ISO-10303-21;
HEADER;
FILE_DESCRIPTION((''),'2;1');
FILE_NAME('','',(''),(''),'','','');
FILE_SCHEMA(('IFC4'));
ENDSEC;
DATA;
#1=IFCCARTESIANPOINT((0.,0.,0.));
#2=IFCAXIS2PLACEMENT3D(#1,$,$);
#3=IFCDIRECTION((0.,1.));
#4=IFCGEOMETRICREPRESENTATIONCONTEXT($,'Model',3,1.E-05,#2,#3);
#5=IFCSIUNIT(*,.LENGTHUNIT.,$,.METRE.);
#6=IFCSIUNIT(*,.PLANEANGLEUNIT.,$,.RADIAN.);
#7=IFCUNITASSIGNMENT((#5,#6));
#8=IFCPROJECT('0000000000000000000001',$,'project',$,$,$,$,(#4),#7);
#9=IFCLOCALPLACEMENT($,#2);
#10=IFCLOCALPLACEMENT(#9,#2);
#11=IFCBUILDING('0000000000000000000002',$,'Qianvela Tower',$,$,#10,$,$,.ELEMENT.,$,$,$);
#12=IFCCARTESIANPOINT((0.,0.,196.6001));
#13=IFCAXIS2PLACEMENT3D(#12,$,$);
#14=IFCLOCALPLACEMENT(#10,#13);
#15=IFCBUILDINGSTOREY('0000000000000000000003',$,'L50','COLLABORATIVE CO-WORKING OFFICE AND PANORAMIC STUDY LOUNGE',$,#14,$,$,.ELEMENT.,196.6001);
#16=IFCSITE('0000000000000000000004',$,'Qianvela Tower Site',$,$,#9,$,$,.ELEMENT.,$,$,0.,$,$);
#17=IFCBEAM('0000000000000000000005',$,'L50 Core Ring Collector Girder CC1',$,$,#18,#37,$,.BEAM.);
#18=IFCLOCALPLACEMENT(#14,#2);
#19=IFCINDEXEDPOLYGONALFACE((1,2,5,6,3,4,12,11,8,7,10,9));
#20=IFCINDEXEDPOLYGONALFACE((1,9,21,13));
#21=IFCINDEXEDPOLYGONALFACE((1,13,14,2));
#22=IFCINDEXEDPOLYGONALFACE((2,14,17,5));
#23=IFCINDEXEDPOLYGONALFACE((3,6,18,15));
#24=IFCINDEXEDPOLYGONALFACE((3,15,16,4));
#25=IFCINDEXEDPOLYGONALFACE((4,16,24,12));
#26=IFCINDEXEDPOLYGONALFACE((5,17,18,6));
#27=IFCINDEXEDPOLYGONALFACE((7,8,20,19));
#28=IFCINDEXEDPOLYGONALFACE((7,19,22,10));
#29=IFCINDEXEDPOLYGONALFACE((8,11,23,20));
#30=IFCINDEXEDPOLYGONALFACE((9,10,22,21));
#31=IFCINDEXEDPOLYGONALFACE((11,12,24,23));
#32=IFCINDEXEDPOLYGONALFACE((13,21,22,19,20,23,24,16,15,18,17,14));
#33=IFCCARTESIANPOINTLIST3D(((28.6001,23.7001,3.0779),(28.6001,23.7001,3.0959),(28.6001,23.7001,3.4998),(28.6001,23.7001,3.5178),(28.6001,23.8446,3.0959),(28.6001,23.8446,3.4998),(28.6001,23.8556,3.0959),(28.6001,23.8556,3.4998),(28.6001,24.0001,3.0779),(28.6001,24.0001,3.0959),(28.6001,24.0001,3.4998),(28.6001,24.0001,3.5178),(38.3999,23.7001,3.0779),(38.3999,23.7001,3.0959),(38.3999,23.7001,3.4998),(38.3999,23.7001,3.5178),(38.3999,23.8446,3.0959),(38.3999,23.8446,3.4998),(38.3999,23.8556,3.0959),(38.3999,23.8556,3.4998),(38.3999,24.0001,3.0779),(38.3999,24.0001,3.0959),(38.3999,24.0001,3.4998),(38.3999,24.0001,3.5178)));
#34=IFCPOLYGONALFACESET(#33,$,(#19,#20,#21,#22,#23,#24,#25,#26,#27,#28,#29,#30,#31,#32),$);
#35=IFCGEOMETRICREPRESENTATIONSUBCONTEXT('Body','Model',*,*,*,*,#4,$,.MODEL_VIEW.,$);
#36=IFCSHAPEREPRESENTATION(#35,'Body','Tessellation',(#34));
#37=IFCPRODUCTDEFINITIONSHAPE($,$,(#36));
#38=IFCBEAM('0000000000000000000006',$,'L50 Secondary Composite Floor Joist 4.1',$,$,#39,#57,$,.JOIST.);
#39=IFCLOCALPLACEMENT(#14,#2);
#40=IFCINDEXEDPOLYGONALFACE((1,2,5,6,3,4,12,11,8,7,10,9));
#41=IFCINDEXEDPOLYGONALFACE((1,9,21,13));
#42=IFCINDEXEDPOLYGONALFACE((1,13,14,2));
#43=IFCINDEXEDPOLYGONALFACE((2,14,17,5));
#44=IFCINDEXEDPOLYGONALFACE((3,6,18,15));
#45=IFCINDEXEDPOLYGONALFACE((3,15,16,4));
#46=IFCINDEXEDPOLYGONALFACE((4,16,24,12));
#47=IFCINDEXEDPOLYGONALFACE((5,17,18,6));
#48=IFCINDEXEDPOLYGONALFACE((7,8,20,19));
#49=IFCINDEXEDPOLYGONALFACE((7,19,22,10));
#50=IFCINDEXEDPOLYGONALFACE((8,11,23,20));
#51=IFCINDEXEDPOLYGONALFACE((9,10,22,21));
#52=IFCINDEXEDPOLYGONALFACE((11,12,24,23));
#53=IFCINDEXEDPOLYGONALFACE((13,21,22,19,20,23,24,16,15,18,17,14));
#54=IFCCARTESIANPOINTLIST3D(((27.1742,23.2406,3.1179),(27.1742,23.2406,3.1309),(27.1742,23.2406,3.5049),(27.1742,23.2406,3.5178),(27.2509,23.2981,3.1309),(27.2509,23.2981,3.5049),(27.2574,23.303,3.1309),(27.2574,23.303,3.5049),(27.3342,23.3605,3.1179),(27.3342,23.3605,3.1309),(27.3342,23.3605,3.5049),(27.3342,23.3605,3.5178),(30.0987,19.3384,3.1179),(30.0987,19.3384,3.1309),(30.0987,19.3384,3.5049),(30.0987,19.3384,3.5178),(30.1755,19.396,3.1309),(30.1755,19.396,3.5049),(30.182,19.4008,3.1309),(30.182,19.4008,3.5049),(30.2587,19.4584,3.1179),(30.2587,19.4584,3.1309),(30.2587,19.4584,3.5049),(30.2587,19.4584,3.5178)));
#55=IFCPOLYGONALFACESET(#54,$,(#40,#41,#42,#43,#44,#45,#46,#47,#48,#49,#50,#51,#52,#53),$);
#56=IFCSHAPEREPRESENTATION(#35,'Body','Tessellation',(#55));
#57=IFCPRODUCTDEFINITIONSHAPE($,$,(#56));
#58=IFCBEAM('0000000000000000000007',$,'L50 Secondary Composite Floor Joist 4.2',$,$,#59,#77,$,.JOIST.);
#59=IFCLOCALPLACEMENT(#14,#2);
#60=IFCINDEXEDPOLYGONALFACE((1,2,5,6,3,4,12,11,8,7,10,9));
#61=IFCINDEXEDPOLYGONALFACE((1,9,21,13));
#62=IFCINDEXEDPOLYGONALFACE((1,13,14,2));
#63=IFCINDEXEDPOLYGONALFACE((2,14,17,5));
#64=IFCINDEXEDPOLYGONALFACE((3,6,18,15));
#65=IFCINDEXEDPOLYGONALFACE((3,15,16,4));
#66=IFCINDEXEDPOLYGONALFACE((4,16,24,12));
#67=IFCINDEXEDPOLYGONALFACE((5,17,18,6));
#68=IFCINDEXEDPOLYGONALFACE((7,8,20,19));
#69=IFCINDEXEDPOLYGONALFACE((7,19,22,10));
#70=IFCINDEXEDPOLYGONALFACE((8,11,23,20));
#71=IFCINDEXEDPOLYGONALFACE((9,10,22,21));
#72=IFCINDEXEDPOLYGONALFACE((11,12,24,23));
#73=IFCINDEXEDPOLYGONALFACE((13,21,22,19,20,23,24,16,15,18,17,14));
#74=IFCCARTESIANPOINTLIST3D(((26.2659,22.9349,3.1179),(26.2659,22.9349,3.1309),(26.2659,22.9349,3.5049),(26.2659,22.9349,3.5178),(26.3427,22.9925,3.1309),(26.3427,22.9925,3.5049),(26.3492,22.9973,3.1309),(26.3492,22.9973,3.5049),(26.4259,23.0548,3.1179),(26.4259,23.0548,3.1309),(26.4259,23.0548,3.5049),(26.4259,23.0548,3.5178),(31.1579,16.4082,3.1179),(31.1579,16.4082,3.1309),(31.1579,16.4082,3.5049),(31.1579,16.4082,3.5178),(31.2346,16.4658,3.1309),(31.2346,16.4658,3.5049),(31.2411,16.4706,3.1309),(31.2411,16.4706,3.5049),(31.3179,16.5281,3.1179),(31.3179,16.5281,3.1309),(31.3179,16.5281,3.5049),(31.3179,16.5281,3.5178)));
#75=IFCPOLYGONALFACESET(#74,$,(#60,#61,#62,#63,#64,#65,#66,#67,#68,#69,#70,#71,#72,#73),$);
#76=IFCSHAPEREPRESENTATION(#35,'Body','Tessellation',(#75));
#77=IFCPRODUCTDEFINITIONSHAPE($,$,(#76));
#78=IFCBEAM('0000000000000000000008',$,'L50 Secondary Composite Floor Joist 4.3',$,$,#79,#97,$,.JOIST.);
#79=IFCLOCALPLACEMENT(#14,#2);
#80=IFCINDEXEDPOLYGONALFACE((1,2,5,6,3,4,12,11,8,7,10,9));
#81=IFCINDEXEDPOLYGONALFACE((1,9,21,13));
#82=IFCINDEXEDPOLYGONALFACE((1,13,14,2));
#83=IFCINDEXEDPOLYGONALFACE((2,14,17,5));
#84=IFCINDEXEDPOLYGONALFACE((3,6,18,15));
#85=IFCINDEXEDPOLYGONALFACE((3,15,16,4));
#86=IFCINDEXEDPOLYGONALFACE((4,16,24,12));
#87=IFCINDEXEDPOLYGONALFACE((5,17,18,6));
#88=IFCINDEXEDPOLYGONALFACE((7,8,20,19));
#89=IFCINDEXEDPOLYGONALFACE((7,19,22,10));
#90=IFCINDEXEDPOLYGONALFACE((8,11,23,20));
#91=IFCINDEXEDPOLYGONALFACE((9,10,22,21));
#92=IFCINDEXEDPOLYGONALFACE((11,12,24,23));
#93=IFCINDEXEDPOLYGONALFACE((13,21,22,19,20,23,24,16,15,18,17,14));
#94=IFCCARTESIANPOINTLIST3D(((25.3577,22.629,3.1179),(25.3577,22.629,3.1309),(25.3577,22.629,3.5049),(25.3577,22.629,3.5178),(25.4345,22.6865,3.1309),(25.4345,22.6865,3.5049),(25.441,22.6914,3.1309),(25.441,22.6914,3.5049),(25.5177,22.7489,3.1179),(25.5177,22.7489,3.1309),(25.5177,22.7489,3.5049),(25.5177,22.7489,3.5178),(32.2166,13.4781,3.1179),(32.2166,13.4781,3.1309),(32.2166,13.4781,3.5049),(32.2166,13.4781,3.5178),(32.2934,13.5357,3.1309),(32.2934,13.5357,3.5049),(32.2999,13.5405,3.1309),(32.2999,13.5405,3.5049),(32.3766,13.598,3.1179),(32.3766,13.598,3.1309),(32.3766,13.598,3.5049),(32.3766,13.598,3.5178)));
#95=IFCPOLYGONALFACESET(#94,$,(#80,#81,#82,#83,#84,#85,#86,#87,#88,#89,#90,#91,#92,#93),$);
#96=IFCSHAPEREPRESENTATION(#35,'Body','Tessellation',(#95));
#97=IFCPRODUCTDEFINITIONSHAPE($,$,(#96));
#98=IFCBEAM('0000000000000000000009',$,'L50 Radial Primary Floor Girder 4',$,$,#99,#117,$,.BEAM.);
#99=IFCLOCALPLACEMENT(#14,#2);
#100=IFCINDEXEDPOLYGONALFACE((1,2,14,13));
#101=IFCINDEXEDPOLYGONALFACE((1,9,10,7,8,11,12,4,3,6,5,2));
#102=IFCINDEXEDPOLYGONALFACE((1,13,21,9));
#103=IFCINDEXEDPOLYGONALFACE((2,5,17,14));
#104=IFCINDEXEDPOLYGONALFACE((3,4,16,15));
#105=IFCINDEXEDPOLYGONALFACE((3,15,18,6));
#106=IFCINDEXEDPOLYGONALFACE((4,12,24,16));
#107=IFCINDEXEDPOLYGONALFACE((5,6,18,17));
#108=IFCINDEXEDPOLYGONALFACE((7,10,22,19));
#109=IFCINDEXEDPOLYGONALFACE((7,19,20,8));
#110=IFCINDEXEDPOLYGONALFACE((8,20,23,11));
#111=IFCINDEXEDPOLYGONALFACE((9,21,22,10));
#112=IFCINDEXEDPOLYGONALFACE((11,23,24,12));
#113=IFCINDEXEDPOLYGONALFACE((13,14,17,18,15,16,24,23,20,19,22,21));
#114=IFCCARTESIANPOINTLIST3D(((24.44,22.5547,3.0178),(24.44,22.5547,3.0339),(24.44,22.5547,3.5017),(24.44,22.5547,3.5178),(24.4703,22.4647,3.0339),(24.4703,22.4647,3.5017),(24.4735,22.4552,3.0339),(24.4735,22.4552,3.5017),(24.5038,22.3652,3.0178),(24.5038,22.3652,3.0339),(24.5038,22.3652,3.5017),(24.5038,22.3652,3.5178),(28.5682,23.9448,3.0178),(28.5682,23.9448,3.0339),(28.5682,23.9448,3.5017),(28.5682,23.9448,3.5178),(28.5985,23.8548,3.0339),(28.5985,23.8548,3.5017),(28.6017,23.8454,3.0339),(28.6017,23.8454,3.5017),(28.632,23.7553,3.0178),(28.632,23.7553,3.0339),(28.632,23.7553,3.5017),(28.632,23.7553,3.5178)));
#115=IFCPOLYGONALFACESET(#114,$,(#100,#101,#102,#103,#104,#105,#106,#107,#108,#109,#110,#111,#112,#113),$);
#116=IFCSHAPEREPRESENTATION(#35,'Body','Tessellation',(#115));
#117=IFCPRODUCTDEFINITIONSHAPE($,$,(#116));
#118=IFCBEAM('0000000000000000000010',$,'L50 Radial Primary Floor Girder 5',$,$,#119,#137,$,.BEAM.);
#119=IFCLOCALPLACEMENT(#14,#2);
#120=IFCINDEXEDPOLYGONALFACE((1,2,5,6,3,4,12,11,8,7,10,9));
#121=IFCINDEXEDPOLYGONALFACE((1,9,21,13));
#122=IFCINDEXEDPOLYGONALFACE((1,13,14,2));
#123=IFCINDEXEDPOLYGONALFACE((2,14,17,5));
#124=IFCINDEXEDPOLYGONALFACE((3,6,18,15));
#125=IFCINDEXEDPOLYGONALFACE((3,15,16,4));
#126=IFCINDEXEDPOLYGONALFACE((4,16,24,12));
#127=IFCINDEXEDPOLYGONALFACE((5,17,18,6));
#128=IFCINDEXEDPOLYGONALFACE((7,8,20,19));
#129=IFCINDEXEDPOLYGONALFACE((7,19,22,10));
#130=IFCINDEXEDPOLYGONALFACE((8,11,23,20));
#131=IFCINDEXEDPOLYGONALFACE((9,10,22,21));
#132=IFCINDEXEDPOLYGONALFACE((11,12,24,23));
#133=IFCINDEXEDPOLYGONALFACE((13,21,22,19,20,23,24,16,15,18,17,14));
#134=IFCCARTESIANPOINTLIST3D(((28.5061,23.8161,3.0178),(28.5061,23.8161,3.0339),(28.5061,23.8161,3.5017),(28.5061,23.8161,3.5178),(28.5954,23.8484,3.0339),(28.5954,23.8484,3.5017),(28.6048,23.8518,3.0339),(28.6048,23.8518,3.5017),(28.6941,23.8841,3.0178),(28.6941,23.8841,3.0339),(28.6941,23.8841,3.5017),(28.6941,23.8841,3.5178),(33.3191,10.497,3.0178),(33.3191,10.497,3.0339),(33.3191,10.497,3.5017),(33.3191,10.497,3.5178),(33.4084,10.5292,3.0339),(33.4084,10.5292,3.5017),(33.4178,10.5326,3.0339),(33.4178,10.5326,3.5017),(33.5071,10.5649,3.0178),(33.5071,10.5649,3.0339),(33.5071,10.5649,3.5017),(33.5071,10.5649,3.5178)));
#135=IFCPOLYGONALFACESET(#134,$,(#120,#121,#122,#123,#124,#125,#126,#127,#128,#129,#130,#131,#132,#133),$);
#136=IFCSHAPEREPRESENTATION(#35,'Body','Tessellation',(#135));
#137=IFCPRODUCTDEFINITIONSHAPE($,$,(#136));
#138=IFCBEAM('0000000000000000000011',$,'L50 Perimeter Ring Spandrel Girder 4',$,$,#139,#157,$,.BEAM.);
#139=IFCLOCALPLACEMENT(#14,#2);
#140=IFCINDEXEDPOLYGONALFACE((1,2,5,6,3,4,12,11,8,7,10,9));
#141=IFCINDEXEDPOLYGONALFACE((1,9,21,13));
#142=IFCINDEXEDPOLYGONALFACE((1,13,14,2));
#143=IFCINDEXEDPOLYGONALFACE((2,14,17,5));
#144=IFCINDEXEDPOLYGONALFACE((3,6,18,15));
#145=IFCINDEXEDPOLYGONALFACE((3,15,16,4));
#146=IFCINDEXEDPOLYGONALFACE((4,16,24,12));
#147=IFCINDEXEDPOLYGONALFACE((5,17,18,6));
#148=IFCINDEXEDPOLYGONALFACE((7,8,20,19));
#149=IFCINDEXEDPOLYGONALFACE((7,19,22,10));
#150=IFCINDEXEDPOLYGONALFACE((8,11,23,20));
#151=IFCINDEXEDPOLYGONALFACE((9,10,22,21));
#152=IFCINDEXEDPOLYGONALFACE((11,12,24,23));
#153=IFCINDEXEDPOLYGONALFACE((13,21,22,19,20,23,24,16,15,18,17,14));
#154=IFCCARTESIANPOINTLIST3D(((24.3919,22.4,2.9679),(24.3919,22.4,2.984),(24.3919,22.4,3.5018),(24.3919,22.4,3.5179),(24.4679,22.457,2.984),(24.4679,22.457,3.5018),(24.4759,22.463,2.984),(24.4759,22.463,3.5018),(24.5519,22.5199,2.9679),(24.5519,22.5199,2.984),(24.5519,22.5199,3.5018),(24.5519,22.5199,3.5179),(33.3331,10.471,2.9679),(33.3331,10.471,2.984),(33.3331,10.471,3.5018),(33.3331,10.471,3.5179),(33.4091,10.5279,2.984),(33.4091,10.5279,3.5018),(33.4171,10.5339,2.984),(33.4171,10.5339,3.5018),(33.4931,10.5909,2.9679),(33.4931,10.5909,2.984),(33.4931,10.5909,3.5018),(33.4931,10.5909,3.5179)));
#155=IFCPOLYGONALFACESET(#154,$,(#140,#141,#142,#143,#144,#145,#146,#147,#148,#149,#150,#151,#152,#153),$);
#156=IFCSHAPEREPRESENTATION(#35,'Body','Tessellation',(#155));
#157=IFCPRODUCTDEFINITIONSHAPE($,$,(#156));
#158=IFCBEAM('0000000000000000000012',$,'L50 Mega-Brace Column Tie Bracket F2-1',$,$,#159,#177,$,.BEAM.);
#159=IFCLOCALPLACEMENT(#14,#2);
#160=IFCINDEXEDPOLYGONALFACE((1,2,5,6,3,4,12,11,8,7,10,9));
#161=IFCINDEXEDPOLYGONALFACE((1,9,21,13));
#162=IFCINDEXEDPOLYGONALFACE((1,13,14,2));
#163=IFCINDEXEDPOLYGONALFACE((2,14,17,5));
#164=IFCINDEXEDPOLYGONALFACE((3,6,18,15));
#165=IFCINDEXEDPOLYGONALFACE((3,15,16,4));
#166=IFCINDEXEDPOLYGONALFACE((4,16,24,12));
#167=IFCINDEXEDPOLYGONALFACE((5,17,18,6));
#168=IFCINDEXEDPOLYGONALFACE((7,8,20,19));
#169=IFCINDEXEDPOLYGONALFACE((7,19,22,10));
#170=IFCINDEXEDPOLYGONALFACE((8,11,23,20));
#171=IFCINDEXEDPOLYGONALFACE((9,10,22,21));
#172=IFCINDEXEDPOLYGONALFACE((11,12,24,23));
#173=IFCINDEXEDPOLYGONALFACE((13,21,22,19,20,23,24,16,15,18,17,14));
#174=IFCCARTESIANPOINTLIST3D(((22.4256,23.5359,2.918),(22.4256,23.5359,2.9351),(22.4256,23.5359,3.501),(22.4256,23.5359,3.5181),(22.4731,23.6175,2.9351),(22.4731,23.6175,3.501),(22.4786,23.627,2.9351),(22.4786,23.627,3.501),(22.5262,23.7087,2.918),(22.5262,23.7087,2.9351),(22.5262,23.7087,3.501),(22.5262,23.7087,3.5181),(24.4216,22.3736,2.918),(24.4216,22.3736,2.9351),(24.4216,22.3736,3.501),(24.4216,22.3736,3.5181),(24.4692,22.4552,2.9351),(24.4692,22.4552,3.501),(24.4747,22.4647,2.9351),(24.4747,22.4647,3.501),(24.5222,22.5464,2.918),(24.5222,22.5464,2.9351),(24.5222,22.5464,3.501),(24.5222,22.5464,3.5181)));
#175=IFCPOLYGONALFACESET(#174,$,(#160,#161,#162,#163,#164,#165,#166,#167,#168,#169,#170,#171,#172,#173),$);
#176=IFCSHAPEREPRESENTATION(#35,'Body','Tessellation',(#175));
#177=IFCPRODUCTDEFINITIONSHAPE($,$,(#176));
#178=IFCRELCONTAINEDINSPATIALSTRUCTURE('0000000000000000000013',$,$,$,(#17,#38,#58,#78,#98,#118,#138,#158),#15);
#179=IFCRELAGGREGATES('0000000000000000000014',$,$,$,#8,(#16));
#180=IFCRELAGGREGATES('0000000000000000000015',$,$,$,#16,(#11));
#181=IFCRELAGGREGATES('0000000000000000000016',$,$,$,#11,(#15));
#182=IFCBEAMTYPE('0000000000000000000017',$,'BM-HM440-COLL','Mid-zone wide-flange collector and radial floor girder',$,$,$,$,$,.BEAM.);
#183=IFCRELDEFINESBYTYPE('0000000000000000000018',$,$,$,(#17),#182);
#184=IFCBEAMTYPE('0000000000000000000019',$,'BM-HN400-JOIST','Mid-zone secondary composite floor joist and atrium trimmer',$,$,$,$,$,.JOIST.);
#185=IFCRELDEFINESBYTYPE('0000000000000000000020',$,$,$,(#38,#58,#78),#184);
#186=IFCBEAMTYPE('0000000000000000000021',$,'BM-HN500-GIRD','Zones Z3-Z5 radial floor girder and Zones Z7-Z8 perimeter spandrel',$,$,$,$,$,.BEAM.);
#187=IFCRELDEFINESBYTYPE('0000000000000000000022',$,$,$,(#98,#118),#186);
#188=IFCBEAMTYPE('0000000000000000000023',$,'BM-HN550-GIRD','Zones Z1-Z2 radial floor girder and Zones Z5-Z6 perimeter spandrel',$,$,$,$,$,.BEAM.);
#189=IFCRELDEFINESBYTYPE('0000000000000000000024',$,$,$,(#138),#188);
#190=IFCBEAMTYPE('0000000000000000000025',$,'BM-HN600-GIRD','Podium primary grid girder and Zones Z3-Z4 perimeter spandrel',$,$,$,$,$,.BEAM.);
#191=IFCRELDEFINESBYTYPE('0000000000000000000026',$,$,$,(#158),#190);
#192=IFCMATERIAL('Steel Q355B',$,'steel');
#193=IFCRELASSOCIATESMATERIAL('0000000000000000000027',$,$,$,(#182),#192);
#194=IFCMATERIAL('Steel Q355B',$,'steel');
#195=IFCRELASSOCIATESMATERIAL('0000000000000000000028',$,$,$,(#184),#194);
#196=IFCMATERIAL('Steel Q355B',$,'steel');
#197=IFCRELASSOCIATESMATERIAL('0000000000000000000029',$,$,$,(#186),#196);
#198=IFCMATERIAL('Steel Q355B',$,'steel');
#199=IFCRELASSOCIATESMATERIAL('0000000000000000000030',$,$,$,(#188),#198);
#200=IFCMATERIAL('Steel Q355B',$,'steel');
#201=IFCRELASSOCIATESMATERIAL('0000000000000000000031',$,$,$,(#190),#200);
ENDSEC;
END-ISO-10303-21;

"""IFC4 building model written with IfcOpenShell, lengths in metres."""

from ifc_helpers import new_model, si_unit, direction, frame, origin, origin_2d, place, context, subcontext, project, spatial, i_section, extrude, material, material_profile, profile_set, type_object, element, save


model = new_model("IFC4")

# Units and contexts
model_context = context("Model", 3, precision=1e-05, world=origin(), true_north=direction((0.0, 1.0)))
body_context = subcontext(model_context, "Body", "Model", "MODEL_VIEW")
ifc_project = project(units=[si_unit("LENGTHUNIT", "METRE"), si_unit("PLANEANGLEUNIT", "RADIAN")], contexts=[model_context])

# Site, building, storey
site_placement = place(None, origin())
site = spatial("IfcSite", under=ifc_project, at=site_placement, Name="Qianvela Tower Site", CompositionType="ELEMENT", RefElevation=0.0)
building_placement = place(site_placement, origin())
building = spatial("IfcBuilding", under=site, at=building_placement, Name="Qianvela Tower", CompositionType="ELEMENT")
storey_placement = place(building_placement, frame((0.0, 0.0, 196.6001)))
storey = spatial("IfcBuildingStorey", under=building, at=storey_placement, Name="L50", Description="COLLABORATIVE CO-WORKING OFFICE AND PANORAMIC STUDY LOUNGE", CompositionType="ELEMENT", Elevation=196.6001)

# Beams
ifc_material_1 = material(Name="Steel Q355B", Category="steel")
ifc_material_profile_1 = material_profile(ifc_material_1, i_section(OverallWidth=0.3, OverallDepth=0.4399, WebThickness=0.011, FlangeThickness=0.0181, at=origin_2d()), Name="HM440x300x11x18")
ifc_profile_set_1 = profile_set([ifc_material_profile_1], Name="Steel Q355B")
beam_type_1 = type_object("IfcBeamType", Name="BM-HM440-COLL", Description="Mid-zone wide-flange collector and radial floor girder", PredefinedType="BEAM", material=ifc_profile_set_1)
beam_1_placement = place(storey_placement, frame((28.6001, 23.8501, 3.2979), z_axis=(1.0, 0.0, 0.0), x_axis=(0.0, 1.0, 0.0)))
element("IfcBeam", 1, at=beam_1_placement, inside=storey, type_object=beam_type_1, Name="L50 Core Ring Collector Girder CC1", PredefinedType="BEAM", context=body_context, shape_type="SweptSolid", body=[
    extrude(i_section(OverallWidth=0.3, OverallDepth=0.4399, WebThickness=0.011, FlangeThickness=0.0181, at=origin_2d()), origin(), (0.0, 0.0, 1.0), 9.7998),
])
ifc_material_2 = material(Name="Steel Q355B", Category="steel")
ifc_material_profile_2 = material_profile(ifc_material_2, i_section(OverallWidth=0.2, OverallDepth=0.3999, WebThickness=0.0081, FlangeThickness=0.0129, at=origin_2d()), Name="HN400x200x8x13")
ifc_profile_set_2 = profile_set([ifc_material_profile_2], Name="Steel Q355B")
beam_type_2 = type_object("IfcBeamType", Name="BM-HN400-JOIST", Description="Mid-zone secondary composite floor joist and atrium trimmer", PredefinedType="JOIST", material=ifc_profile_set_2)
beam_2_placement = place(storey_placement, frame((27.2542, 23.3005, 3.3179), z_axis=(0.599736, -0.800198, 0.0), x_axis=(0.800198, 0.599736, 0.0)))
element("IfcBeam", 2, at=beam_2_placement, inside=storey, type_object=beam_type_2, Name="L50 Secondary Composite Floor Joist 4.1", PredefinedType="JOIST", context=body_context, shape_type="SweptSolid", body=[
    extrude(i_section(OverallWidth=0.2, OverallDepth=0.3999, WebThickness=0.0081, FlangeThickness=0.0129, at=origin_2d()), origin(), (0.0, 0.0, 1.0), 4.8765),
])
beam_3_placement = place(storey_placement, frame((26.3459, 22.9949, 3.3179), z_axis=(0.599756, -0.800183, 0.0), x_axis=(0.800183, 0.599756, 0.0)))
element("IfcBeam", 3, at=beam_3_placement, inside=storey, type_object=beam_type_2, Name="L50 Secondary Composite Floor Joist 4.2", PredefinedType="JOIST", context=body_context, shape_type="SweptSolid", body=[
    extrude(i_section(OverallWidth=0.2, OverallDepth=0.3999, WebThickness=0.0081, FlangeThickness=0.0129, at=origin_2d()), origin(), (0.0, 0.0, 1.0), 8.1565),
])
beam_4_placement = place(storey_placement, frame((25.4377, 22.689, 3.3179), z_axis=(0.599761, -0.800179, 0.0), x_axis=(0.800179, 0.599761, 0.0)))
element("IfcBeam", 4, at=beam_4_placement, inside=storey, type_object=beam_type_2, Name="L50 Secondary Composite Floor Joist 4.3", PredefinedType="JOIST", context=body_context, shape_type="SweptSolid", body=[
    extrude(i_section(OverallWidth=0.2, OverallDepth=0.3999, WebThickness=0.0081, FlangeThickness=0.0129, at=origin_2d()), origin(), (0.0, 0.0, 1.0), 11.436),
])
ifc_material_3 = material(Name="Steel Q355B", Category="steel")
ifc_material_profile_3 = material_profile(ifc_material_3, i_section(OverallWidth=0.2, OverallDepth=0.5, WebThickness=0.01, FlangeThickness=0.0161, at=origin_2d()), Name="HN500x200x10x16")
ifc_profile_set_3 = profile_set([ifc_material_profile_3], Name="Steel Q355B")
beam_type_3 = type_object("IfcBeamType", Name="BM-HN500-GIRD", Description="Zones Z3-Z5 radial floor girder and Zones Z7-Z8 perimeter spandrel", PredefinedType="BEAM", material=ifc_profile_set_3)
beam_5_placement = place(storey_placement, frame((28.6001, 23.8501, 3.2678), z_axis=(-0.947709, -0.319135, 0.0), x_axis=(0.319135, -0.947709, 0.0)))
element("IfcBeam", 5, at=beam_5_placement, inside=storey, type_object=beam_type_3, Name="L50 Radial Primary Floor Girder 4", PredefinedType="BEAM", context=body_context, shape_type="SweptSolid", body=[
    extrude(i_section(OverallWidth=0.2, OverallDepth=0.5, WebThickness=0.01, FlangeThickness=0.0161, at=origin_2d()), origin(), (0.0, 0.0, 1.0), 4.356),
])
beam_6_placement = place(storey_placement, frame((28.6001, 23.8501, 3.2678), z_axis=(0.339852, -0.940479, 0.0), x_axis=(0.940479, 0.339852, 0.0)))
element("IfcBeam", 6, at=beam_6_placement, inside=storey, type_object=beam_type_3, Name="L50 Radial Primary Floor Girder 5", PredefinedType="BEAM", context=body_context, shape_type="SweptSolid", body=[
    extrude(i_section(OverallWidth=0.2, OverallDepth=0.5, WebThickness=0.01, FlangeThickness=0.0161, at=origin_2d()), origin(), (0.0, 0.0, 1.0), 14.1621),
])
ifc_material_4 = material(Name="Steel Q355B", Category="steel")
ifc_material_profile_4 = material_profile(ifc_material_4, i_section(OverallWidth=0.2, OverallDepth=0.55, WebThickness=0.01, FlangeThickness=0.0161, at=origin_2d()), Name="HN550x200x10x16")
ifc_profile_set_4 = profile_set([ifc_material_profile_4], Name="Steel Q355B")
beam_type_4 = type_object("IfcBeamType", Name="BM-HN550-GIRD", Description="Zones Z1-Z2 radial floor girder and Zones Z5-Z6 perimeter spandrel", PredefinedType="BEAM", material=ifc_profile_set_4)
beam_7_placement = place(storey_placement, frame((24.4719, 22.46, 3.2429), z_axis=(0.599762, -0.800179, 0.0), x_axis=(0.800179, 0.599762, 0.0)))
element("IfcBeam", 7, at=beam_7_placement, inside=storey, type_object=beam_type_4, Name="L50 Perimeter Ring Spandrel Girder 4", PredefinedType="BEAM", context=body_context, shape_type="SweptSolid", body=[
    extrude(i_section(OverallWidth=0.2, OverallDepth=0.55, WebThickness=0.01, FlangeThickness=0.0161, at=origin_2d()), origin(), (0.0, 0.0, 1.0), 14.908),
])
ifc_material_5 = material(Name="Steel Q355B", Category="steel")
ifc_material_profile_5 = material_profile(ifc_material_5, i_section(OverallWidth=0.2, OverallDepth=0.6001, WebThickness=0.011, FlangeThickness=0.0171, at=origin_2d()), Name="HN600x200x11x17")
ifc_profile_set_5 = profile_set([ifc_material_profile_5], Name="Steel Q355B")
beam_type_5 = type_object("IfcBeamType", Name="BM-HN600-GIRD", Description="Podium primary grid girder and Zones Z3-Z4 perimeter spandrel", PredefinedType="BEAM", material=ifc_profile_set_5)
beam_8_placement = place(storey_placement, frame((24.4719, 22.46, 3.218), z_axis=(-0.864162, 0.503214, 0.0), x_axis=(-0.503214, -0.864162, 0.0)))
element("IfcBeam", 8, at=beam_8_placement, inside=storey, type_object=beam_type_5, Name="L50 Mega-Brace Column Tie Bracket F2-1", PredefinedType="BEAM", context=body_context, shape_type="SweptSolid", body=[
    extrude(i_section(OverallWidth=0.2, OverallDepth=0.6001, WebThickness=0.011, FlangeThickness=0.0171, at=origin_2d()), origin(), (0.0, 0.0, 1.0), 2.3098),
])

save(model, "model.ifc")
